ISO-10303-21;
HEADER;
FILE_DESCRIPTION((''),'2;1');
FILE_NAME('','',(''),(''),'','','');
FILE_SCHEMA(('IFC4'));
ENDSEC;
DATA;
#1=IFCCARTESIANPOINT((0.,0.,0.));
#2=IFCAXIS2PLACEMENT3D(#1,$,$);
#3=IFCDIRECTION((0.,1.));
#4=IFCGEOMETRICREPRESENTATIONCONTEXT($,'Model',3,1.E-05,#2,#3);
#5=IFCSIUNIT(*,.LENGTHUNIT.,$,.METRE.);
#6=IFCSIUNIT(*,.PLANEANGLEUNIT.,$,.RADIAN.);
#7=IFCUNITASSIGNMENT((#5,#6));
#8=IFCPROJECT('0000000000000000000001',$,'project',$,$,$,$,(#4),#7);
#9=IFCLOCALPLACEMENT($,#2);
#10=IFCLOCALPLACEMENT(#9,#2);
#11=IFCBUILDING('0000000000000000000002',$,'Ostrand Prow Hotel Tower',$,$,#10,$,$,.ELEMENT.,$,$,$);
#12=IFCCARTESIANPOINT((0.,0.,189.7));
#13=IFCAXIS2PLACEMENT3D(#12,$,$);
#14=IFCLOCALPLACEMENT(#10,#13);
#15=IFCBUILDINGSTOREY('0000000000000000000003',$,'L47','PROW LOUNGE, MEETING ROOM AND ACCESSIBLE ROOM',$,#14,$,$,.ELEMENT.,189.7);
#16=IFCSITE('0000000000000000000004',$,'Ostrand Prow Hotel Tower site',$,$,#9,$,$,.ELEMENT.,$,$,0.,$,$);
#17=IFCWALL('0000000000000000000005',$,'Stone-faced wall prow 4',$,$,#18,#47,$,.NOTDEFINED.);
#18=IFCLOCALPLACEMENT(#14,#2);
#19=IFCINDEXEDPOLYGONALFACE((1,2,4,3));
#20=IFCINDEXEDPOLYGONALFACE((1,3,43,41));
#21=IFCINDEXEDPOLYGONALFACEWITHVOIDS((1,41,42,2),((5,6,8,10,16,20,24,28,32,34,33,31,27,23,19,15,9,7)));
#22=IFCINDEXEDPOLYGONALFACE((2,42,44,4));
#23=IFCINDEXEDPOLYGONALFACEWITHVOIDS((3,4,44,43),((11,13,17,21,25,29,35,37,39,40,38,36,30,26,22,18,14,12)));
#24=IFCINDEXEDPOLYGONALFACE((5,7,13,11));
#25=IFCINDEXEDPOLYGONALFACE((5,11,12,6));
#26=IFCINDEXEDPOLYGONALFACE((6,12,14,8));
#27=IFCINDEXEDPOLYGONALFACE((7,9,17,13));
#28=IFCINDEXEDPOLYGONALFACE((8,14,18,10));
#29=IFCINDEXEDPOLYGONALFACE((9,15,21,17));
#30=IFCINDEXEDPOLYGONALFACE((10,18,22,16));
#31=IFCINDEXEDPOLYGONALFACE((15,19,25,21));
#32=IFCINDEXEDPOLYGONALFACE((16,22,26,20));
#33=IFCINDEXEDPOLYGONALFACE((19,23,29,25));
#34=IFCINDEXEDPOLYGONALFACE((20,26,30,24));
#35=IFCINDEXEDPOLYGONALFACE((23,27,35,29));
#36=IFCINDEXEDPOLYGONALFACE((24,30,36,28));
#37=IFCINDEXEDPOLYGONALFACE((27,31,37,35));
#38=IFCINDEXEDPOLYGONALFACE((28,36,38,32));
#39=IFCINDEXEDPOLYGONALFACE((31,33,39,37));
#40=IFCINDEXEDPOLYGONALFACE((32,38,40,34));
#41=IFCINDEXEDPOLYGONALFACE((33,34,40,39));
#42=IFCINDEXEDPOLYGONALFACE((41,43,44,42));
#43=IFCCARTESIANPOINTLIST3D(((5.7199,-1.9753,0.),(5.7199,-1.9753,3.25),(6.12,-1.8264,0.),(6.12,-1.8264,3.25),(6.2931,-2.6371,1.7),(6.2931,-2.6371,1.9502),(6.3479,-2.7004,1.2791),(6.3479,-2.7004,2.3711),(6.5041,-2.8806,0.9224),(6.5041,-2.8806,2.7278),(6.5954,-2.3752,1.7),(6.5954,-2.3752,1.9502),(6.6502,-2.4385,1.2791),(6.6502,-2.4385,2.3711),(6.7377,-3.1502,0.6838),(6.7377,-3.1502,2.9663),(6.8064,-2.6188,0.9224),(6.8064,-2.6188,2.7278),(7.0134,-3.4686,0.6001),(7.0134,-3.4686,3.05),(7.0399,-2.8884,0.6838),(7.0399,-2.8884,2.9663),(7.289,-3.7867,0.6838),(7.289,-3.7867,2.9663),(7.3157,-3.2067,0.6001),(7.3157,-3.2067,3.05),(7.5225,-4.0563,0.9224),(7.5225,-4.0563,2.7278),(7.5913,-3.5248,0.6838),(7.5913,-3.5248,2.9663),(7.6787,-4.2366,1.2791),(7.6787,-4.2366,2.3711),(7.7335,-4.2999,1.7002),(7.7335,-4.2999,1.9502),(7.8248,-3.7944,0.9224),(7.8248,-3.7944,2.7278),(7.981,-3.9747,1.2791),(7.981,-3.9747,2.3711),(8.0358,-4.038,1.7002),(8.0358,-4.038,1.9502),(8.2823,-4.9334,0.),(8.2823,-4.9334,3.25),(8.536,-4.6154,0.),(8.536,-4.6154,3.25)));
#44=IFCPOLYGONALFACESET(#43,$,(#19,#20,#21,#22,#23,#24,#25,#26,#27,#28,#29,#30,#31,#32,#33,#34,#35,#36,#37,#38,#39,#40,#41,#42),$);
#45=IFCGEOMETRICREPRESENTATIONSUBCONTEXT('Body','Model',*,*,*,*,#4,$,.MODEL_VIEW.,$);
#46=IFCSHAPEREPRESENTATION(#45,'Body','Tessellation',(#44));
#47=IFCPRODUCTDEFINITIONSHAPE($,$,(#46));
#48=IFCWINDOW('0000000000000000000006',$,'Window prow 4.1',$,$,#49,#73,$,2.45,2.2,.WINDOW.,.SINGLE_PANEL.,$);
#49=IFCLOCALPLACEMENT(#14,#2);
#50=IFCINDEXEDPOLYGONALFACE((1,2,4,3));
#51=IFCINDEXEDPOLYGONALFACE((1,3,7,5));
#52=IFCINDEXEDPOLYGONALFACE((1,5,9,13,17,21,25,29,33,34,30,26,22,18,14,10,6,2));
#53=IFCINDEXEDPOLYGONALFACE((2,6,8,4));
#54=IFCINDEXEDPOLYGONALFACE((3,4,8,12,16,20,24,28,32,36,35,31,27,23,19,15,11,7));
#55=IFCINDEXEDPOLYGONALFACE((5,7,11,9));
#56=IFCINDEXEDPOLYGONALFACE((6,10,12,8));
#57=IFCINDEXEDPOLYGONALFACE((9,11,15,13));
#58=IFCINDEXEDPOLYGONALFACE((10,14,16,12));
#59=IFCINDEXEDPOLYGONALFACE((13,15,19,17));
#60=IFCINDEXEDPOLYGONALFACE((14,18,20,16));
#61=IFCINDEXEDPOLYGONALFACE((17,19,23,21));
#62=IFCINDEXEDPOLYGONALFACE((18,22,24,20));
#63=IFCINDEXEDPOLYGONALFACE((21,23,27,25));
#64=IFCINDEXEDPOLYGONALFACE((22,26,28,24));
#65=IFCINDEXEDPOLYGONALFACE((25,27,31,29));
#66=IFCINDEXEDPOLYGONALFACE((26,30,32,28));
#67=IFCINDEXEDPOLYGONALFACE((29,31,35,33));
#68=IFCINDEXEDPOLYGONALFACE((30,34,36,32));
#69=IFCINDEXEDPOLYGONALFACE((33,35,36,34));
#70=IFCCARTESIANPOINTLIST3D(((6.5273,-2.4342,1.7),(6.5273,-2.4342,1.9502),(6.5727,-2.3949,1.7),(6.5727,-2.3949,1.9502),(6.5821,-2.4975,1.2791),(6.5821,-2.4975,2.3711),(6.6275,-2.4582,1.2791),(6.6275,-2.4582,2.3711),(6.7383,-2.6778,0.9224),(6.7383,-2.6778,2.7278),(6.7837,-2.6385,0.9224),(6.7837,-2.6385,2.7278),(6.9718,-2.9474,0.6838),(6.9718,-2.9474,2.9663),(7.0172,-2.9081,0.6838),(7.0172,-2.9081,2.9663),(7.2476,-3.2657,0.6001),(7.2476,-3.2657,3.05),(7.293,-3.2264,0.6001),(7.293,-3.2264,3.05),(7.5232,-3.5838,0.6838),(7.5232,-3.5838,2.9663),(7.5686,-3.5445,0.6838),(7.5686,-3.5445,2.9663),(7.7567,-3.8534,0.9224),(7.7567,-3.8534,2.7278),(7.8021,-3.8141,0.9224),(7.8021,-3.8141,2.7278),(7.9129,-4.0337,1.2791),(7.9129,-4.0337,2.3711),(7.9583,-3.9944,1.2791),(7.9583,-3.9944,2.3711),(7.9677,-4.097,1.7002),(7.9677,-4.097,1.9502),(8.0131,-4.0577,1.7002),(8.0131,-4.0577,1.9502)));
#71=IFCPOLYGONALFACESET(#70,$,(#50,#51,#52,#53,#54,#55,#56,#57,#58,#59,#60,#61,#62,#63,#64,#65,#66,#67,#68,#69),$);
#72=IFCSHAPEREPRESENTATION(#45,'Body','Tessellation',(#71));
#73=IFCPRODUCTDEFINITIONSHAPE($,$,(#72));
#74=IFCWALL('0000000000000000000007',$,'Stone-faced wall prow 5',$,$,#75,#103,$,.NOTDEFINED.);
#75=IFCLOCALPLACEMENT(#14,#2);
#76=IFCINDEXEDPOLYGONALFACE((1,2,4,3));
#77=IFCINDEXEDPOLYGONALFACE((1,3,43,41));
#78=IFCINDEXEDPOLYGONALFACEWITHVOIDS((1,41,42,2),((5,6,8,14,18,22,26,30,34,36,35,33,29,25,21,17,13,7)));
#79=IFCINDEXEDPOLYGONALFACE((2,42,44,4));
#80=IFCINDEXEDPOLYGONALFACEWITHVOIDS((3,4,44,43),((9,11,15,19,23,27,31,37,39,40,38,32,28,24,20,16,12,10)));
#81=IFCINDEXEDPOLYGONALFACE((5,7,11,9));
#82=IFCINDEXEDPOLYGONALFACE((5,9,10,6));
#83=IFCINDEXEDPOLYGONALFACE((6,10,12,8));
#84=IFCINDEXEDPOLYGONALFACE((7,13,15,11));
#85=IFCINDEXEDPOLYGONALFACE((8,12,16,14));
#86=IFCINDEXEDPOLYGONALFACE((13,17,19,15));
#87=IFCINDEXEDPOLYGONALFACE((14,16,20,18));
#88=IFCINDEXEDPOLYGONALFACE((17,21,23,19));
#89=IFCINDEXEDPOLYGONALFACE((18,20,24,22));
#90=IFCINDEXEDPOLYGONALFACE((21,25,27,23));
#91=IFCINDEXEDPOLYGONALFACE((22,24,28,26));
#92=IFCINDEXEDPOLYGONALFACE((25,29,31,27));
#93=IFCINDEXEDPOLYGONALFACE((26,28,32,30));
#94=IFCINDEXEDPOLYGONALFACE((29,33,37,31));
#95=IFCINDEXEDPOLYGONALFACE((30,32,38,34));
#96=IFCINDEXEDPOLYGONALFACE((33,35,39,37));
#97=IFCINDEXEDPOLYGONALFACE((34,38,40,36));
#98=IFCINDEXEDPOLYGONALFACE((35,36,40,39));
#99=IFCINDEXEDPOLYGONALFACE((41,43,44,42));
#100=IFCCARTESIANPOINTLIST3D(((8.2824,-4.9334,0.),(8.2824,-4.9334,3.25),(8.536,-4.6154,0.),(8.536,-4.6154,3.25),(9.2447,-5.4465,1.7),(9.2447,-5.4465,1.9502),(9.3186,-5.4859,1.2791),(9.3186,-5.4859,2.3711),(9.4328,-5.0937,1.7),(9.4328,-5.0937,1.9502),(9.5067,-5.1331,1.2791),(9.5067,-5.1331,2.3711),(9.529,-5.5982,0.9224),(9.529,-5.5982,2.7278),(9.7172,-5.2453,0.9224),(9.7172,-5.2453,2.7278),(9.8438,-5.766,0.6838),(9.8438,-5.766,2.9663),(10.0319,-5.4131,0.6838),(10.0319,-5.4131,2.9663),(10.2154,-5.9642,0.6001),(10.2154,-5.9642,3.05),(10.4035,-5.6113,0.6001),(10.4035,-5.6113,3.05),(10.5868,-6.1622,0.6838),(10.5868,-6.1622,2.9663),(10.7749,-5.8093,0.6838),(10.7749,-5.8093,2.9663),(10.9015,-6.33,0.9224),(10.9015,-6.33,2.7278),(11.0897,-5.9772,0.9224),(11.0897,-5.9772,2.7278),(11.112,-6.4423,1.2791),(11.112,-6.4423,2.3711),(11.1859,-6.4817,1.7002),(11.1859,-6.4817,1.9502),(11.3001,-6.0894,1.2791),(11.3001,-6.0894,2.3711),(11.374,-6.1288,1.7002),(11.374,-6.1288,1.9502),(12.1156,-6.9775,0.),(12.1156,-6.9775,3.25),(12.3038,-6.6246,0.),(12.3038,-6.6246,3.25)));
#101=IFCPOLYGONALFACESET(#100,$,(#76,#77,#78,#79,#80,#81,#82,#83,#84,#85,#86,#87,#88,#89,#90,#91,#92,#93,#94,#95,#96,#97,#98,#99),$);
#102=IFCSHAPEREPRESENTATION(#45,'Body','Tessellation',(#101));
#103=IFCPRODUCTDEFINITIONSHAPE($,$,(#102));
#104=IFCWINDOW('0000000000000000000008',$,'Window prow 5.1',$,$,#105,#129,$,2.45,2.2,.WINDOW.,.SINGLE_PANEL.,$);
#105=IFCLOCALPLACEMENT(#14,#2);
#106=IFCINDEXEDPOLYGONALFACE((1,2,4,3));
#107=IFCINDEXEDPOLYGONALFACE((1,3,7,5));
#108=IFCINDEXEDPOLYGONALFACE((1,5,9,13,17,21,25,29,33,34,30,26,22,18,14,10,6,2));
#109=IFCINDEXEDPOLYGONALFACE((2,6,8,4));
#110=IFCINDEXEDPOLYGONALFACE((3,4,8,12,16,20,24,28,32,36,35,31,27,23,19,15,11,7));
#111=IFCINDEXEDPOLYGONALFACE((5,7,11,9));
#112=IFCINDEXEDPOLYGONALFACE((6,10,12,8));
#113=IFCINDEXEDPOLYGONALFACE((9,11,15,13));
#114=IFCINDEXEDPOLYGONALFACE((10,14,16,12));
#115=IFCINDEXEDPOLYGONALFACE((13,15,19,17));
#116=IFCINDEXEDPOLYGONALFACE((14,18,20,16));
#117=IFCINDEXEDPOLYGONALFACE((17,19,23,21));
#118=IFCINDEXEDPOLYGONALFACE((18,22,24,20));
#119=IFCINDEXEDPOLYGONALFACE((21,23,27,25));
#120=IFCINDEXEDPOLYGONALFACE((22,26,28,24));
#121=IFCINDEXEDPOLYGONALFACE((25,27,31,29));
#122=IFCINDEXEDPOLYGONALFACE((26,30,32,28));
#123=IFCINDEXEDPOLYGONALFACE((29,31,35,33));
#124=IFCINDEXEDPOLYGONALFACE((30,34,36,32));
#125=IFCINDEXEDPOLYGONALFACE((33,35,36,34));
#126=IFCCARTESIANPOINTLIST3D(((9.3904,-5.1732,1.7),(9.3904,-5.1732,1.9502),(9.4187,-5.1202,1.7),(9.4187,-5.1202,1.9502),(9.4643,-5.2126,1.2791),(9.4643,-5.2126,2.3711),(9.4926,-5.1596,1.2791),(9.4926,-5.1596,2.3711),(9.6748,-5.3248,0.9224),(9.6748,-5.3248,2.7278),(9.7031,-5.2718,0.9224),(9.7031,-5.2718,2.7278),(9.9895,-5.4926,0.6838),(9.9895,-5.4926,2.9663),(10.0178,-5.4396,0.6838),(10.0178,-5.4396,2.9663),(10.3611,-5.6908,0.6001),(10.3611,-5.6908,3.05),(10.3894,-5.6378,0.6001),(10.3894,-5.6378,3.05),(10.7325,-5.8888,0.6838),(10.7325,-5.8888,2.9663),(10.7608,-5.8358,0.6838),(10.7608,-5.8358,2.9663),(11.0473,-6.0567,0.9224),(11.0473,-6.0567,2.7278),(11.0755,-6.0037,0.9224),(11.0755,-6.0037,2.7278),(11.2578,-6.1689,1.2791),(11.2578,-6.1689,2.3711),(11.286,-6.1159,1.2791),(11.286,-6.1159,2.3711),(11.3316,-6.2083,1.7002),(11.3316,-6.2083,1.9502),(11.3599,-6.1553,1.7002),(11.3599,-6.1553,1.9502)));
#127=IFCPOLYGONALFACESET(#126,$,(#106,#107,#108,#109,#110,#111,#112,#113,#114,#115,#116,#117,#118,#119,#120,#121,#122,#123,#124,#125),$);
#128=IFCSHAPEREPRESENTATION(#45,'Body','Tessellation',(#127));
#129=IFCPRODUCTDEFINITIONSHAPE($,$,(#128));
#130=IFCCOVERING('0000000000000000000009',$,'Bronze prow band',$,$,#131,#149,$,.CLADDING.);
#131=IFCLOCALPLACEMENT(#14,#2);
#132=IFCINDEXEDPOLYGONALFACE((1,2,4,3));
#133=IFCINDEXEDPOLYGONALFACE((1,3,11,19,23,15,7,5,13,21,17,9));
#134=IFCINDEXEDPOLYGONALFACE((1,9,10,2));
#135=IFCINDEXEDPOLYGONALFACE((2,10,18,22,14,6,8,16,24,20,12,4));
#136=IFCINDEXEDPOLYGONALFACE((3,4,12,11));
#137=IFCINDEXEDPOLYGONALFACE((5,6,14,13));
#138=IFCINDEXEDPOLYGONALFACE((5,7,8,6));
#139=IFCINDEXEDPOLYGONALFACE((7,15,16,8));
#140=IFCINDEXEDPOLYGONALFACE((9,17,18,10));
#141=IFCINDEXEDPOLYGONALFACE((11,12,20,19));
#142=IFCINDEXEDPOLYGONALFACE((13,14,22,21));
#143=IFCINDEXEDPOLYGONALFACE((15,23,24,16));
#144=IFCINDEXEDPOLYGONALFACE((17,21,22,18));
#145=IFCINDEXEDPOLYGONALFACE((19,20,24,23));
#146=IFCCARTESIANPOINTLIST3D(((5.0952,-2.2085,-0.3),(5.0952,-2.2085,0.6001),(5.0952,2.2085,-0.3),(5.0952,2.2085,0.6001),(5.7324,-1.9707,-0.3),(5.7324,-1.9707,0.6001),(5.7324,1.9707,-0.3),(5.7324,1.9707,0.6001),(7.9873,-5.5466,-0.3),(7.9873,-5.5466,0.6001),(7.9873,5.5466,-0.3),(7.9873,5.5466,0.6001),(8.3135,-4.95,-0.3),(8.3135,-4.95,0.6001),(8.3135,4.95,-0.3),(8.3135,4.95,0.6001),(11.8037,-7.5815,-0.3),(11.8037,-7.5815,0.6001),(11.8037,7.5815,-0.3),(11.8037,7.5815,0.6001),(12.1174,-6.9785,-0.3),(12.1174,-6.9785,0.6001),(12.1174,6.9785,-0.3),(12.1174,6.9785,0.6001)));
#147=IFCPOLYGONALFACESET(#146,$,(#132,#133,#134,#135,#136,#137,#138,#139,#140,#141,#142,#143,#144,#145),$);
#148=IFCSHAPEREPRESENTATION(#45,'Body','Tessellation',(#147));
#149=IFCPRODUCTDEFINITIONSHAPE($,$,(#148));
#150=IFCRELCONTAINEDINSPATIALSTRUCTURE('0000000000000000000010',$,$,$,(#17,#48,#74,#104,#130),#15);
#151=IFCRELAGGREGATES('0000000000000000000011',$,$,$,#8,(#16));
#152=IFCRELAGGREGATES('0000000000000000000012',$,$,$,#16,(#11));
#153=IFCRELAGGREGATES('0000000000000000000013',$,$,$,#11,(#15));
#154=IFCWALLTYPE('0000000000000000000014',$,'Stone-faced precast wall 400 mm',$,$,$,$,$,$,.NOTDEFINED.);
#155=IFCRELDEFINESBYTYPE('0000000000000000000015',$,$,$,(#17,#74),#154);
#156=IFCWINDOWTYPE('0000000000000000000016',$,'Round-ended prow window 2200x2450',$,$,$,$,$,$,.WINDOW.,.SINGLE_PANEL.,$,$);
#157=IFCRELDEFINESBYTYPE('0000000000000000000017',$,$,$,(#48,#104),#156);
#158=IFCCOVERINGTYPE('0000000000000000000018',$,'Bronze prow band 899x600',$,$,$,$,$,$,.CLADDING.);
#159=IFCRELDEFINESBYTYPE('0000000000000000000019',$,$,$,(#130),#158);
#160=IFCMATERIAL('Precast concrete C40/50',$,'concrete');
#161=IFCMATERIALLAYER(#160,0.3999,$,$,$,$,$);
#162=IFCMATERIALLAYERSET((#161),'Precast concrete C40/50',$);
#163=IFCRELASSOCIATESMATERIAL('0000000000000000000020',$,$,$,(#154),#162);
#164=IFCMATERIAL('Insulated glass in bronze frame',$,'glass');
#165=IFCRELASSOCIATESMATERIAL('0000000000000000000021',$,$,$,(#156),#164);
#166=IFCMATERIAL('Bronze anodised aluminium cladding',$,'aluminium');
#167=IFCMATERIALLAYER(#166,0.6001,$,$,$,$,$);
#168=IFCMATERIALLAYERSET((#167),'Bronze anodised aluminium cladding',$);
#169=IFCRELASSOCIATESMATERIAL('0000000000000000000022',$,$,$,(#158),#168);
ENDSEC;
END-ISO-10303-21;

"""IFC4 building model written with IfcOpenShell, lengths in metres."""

from ifc_helpers import new_model, si_unit, direction, frame, origin, place, context, subcontext, project, spatial, polyline, outline, extrude, material, layer, layer_set, type_object, element, fill, save


model = new_model("IFC4")

# Units and contexts
model_context = context("Model", 3, precision=1e-05, world=origin(), true_north=direction((0.0, 1.0)))
body_context = subcontext(model_context, "Body", "Model", "MODEL_VIEW")
ifc_project = project(units=[si_unit("LENGTHUNIT", "METRE"), si_unit("PLANEANGLEUNIT", "RADIAN")], contexts=[model_context])

# Site, building, storey
site_placement = place(None, origin())
site = spatial("IfcSite", under=ifc_project, at=site_placement, Name="Ostrand Prow Hotel Tower site", CompositionType="ELEMENT", RefElevation=0.0)
building_placement = place(site_placement, origin())
building = spatial("IfcBuilding", under=site, at=building_placement, Name="Ostrand Prow Hotel Tower", CompositionType="ELEMENT")
storey_placement = place(building_placement, frame((0.0, 0.0, 189.7)))
storey = spatial("IfcBuildingStorey", under=building, at=storey_placement, Name="L47", Description="PROW LOUNGE, MEETING ROOM AND ACCESSIBLE ROOM", CompositionType="ELEMENT", Elevation=189.7)

# Walls, openings, windows
ifc_material_1 = material(Name="Precast concrete C40/50", Category="concrete")
ifc_layer_1 = layer(ifc_material_1, 0.3999)
ifc_layer_set_1 = layer_set([ifc_layer_1], Name="Precast concrete C40/50")
wall_type = type_object("IfcWallType", Name="Stone-faced precast wall 400 mm", PredefinedType="NOTDEFINED", material=ifc_layer_set_1)
wall_1_placement = place(storey_placement, frame((5.9199, -1.9009, 0.0), z_axis=(0.0, 0.0, 1.0), x_axis=(0.654759, -0.755837, 0.0)))
wall_1 = element("IfcWall", 1, at=wall_1_placement, inside=storey, type_object=wall_type, Name="Stone-faced wall prow 4", PredefinedType="NOTDEFINED", context=body_context, shape_type="SweptSolid", body=[
    extrude(outline(polyline([(-0.0747, -0.2), (3.8389, -0.2), (3.7646, 0.2), (0.0747, 0.2), (-0.0747, -0.2)])), origin(), (0.0, 0.0, 1.0), 3.25),
])
opening_1_placement = place(wall_1_placement, frame((0.8008, 0.0, 0.6001)))
opening_1 = element("IfcOpeningElement", 2, at=opening_1_placement, cuts=wall_1, PredefinedType="OPENING", context=body_context, shape_type="SweptSolid", body=[
    extrude(outline(polyline([(0.0, 1.3501), (0.0837, 1.771), (0.3223, 2.1277), (0.679, 2.3662), (1.1001, 2.45), (1.521, 2.3662), (1.8777, 2.1277), (2.1162, 1.771), (2.2, 1.3501), (2.2, 1.1001), (2.1162, 0.679), (1.8777, 0.3223), (1.521, 0.0837), (1.1001, 0.0), (0.679, 0.0837), (0.3223, 0.3223), (0.0837, 0.679), (0.0, 1.0999), (0.0, 1.3501)])), frame((0.0, 0.21, 0.0), z_axis=(0.0, -1.0, 0.0), x_axis=(1.0, 0.0, 0.0)), (0.0, 0.0, 1.0), 0.4199),
])
ifc_material_2 = material(Name="Insulated glass in bronze frame", Category="glass")
window_type = type_object("IfcWindowType", Name="Round-ended prow window 2200x2450", PartitioningType="SINGLE_PANEL", PredefinedType="WINDOW", material=ifc_material_2)
window_1_placement = place(opening_1_placement, origin())
window_1 = element("IfcWindow", 3, at=window_1_placement, inside=storey, type_object=window_type, Name="Window prow 4.1", OverallHeight=2.45, OverallWidth=2.2, PartitioningType="SINGLE_PANEL", PredefinedType="WINDOW", context=body_context, shape_type="SweptSolid", body=[
    extrude(outline(polyline([(0.0, 1.3501), (0.0837, 1.771), (0.3223, 2.1277), (0.679, 2.3662), (1.1001, 2.45), (1.521, 2.3662), (1.8777, 2.1277), (2.1162, 1.771), (2.2, 1.3501), (2.2, 1.1001), (2.1162, 0.679), (1.8777, 0.3223), (1.521, 0.0837), (1.1001, 0.0), (0.679, 0.0837), (0.3223, 0.3223), (0.0837, 0.679), (0.0, 1.0999), (0.0, 1.3501)])), frame((0.0, 0.1699, 0.0), z_axis=(0.0, -1.0, 0.0), x_axis=(1.0, 0.0, 0.0)), (0.0, 0.0, 1.0), 0.0601),
])
fill(opening_1, window_1)
wall_2_placement = place(storey_placement, frame((8.4092, -4.7744, 0.0), z_axis=(0.0, 0.0, 1.0), x_axis=(0.882386, -0.470526, 0.0)))
wall_2 = element("IfcWall", 4, at=wall_2_placement, inside=storey, type_object=wall_type, Name="Stone-faced wall prow 5", PredefinedType="NOTDEFINED", context=body_context, shape_type="SweptSolid", body=[
    extrude(outline(polyline([(-0.0371, -0.2), (4.3071, -0.2), (4.3071, 0.2), (0.0371, 0.2), (-0.0371, -0.2)])), origin(), (0.0, 0.0, 1.0), 3.25),
])
opening_2_placement = place(wall_2_placement, frame((1.0535, 0.0, 0.6001)))
opening_2 = element("IfcOpeningElement", 5, at=opening_2_placement, cuts=wall_2, PredefinedType="OPENING", context=body_context, shape_type="SweptSolid", body=[
    extrude(outline(polyline([(0.0, 1.3501), (0.0837, 1.771), (0.3223, 2.1277), (0.679, 2.3662), (1.1001, 2.45), (1.521, 2.3662), (1.8777, 2.1277), (2.1162, 1.771), (2.2, 1.3501), (2.2, 1.1001), (2.1162, 0.679), (1.8777, 0.3223), (1.521, 0.0837), (1.1001, 0.0), (0.679, 0.0837), (0.3223, 0.3223), (0.0837, 0.679), (0.0, 1.0999), (0.0, 1.3501)])), frame((0.0, 0.21, 0.0), z_axis=(0.0, -1.0, 0.0), x_axis=(1.0, 0.0, 0.0)), (0.0, 0.0, 1.0), 0.4199),
])
window_2_placement = place(opening_2_placement, origin())
window_2 = element("IfcWindow", 6, at=window_2_placement, inside=storey, type_object=window_type, Name="Window prow 5.1", OverallHeight=2.45, OverallWidth=2.2, PartitioningType="SINGLE_PANEL", PredefinedType="WINDOW", context=body_context, shape_type="SweptSolid", body=[
    extrude(outline(polyline([(0.0, 1.3501), (0.0837, 1.771), (0.3223, 2.1277), (0.679, 2.3662), (1.1001, 2.45), (1.521, 2.3662), (1.8777, 2.1277), (2.1162, 1.771), (2.2, 1.3501), (2.2, 1.1001), (2.1162, 0.679), (1.8777, 0.3223), (1.521, 0.0837), (1.1001, 0.0), (0.679, 0.0837), (0.3223, 0.3223), (0.0837, 0.679), (0.0, 1.0999), (0.0, 1.3501)])), frame((0.0, 0.1699, 0.0), z_axis=(0.0, -1.0, 0.0), x_axis=(1.0, 0.0, 0.0)), (0.0, 0.0, 1.0), 0.0601),
])
fill(opening_2, window_2)

# Covering
ifc_material_3 = material(Name="Bronze anodised aluminium cladding", Category="aluminium")
ifc_layer_2 = layer(ifc_material_3, 0.6001)
ifc_layer_set_2 = layer_set([ifc_layer_2], Name="Bronze anodised aluminium cladding")
covering_type_1 = type_object("IfcCoveringType", Name="Bronze prow band 899x600", PredefinedType="CLADDING", material=ifc_layer_set_2)
covering_1_placement = place(storey_placement, frame((0.0, 0.0, -0.3)))
element("IfcCovering", 7, at=covering_1_placement, inside=storey, type_object=covering_type_1, Name="Bronze prow band", PredefinedType="CLADDING", context=body_context, shape_type="SweptSolid", body=[
    extrude(outline(polyline([(11.8037, 7.5815), (7.9873, 5.5466), (5.0952, 2.2085), (5.0952, -2.2085), (7.9873, -5.5466), (11.8037, -7.5815), (12.1174, -6.9785), (8.3135, -4.95), (5.7324, -1.9707), (5.7324, 1.9707), (8.3135, 4.95), (12.1174, 6.9785), (11.8037, 7.5815)])), origin(), (0.0, 0.0, 1.0), 0.9001),
])

save(model, "model.ifc")
